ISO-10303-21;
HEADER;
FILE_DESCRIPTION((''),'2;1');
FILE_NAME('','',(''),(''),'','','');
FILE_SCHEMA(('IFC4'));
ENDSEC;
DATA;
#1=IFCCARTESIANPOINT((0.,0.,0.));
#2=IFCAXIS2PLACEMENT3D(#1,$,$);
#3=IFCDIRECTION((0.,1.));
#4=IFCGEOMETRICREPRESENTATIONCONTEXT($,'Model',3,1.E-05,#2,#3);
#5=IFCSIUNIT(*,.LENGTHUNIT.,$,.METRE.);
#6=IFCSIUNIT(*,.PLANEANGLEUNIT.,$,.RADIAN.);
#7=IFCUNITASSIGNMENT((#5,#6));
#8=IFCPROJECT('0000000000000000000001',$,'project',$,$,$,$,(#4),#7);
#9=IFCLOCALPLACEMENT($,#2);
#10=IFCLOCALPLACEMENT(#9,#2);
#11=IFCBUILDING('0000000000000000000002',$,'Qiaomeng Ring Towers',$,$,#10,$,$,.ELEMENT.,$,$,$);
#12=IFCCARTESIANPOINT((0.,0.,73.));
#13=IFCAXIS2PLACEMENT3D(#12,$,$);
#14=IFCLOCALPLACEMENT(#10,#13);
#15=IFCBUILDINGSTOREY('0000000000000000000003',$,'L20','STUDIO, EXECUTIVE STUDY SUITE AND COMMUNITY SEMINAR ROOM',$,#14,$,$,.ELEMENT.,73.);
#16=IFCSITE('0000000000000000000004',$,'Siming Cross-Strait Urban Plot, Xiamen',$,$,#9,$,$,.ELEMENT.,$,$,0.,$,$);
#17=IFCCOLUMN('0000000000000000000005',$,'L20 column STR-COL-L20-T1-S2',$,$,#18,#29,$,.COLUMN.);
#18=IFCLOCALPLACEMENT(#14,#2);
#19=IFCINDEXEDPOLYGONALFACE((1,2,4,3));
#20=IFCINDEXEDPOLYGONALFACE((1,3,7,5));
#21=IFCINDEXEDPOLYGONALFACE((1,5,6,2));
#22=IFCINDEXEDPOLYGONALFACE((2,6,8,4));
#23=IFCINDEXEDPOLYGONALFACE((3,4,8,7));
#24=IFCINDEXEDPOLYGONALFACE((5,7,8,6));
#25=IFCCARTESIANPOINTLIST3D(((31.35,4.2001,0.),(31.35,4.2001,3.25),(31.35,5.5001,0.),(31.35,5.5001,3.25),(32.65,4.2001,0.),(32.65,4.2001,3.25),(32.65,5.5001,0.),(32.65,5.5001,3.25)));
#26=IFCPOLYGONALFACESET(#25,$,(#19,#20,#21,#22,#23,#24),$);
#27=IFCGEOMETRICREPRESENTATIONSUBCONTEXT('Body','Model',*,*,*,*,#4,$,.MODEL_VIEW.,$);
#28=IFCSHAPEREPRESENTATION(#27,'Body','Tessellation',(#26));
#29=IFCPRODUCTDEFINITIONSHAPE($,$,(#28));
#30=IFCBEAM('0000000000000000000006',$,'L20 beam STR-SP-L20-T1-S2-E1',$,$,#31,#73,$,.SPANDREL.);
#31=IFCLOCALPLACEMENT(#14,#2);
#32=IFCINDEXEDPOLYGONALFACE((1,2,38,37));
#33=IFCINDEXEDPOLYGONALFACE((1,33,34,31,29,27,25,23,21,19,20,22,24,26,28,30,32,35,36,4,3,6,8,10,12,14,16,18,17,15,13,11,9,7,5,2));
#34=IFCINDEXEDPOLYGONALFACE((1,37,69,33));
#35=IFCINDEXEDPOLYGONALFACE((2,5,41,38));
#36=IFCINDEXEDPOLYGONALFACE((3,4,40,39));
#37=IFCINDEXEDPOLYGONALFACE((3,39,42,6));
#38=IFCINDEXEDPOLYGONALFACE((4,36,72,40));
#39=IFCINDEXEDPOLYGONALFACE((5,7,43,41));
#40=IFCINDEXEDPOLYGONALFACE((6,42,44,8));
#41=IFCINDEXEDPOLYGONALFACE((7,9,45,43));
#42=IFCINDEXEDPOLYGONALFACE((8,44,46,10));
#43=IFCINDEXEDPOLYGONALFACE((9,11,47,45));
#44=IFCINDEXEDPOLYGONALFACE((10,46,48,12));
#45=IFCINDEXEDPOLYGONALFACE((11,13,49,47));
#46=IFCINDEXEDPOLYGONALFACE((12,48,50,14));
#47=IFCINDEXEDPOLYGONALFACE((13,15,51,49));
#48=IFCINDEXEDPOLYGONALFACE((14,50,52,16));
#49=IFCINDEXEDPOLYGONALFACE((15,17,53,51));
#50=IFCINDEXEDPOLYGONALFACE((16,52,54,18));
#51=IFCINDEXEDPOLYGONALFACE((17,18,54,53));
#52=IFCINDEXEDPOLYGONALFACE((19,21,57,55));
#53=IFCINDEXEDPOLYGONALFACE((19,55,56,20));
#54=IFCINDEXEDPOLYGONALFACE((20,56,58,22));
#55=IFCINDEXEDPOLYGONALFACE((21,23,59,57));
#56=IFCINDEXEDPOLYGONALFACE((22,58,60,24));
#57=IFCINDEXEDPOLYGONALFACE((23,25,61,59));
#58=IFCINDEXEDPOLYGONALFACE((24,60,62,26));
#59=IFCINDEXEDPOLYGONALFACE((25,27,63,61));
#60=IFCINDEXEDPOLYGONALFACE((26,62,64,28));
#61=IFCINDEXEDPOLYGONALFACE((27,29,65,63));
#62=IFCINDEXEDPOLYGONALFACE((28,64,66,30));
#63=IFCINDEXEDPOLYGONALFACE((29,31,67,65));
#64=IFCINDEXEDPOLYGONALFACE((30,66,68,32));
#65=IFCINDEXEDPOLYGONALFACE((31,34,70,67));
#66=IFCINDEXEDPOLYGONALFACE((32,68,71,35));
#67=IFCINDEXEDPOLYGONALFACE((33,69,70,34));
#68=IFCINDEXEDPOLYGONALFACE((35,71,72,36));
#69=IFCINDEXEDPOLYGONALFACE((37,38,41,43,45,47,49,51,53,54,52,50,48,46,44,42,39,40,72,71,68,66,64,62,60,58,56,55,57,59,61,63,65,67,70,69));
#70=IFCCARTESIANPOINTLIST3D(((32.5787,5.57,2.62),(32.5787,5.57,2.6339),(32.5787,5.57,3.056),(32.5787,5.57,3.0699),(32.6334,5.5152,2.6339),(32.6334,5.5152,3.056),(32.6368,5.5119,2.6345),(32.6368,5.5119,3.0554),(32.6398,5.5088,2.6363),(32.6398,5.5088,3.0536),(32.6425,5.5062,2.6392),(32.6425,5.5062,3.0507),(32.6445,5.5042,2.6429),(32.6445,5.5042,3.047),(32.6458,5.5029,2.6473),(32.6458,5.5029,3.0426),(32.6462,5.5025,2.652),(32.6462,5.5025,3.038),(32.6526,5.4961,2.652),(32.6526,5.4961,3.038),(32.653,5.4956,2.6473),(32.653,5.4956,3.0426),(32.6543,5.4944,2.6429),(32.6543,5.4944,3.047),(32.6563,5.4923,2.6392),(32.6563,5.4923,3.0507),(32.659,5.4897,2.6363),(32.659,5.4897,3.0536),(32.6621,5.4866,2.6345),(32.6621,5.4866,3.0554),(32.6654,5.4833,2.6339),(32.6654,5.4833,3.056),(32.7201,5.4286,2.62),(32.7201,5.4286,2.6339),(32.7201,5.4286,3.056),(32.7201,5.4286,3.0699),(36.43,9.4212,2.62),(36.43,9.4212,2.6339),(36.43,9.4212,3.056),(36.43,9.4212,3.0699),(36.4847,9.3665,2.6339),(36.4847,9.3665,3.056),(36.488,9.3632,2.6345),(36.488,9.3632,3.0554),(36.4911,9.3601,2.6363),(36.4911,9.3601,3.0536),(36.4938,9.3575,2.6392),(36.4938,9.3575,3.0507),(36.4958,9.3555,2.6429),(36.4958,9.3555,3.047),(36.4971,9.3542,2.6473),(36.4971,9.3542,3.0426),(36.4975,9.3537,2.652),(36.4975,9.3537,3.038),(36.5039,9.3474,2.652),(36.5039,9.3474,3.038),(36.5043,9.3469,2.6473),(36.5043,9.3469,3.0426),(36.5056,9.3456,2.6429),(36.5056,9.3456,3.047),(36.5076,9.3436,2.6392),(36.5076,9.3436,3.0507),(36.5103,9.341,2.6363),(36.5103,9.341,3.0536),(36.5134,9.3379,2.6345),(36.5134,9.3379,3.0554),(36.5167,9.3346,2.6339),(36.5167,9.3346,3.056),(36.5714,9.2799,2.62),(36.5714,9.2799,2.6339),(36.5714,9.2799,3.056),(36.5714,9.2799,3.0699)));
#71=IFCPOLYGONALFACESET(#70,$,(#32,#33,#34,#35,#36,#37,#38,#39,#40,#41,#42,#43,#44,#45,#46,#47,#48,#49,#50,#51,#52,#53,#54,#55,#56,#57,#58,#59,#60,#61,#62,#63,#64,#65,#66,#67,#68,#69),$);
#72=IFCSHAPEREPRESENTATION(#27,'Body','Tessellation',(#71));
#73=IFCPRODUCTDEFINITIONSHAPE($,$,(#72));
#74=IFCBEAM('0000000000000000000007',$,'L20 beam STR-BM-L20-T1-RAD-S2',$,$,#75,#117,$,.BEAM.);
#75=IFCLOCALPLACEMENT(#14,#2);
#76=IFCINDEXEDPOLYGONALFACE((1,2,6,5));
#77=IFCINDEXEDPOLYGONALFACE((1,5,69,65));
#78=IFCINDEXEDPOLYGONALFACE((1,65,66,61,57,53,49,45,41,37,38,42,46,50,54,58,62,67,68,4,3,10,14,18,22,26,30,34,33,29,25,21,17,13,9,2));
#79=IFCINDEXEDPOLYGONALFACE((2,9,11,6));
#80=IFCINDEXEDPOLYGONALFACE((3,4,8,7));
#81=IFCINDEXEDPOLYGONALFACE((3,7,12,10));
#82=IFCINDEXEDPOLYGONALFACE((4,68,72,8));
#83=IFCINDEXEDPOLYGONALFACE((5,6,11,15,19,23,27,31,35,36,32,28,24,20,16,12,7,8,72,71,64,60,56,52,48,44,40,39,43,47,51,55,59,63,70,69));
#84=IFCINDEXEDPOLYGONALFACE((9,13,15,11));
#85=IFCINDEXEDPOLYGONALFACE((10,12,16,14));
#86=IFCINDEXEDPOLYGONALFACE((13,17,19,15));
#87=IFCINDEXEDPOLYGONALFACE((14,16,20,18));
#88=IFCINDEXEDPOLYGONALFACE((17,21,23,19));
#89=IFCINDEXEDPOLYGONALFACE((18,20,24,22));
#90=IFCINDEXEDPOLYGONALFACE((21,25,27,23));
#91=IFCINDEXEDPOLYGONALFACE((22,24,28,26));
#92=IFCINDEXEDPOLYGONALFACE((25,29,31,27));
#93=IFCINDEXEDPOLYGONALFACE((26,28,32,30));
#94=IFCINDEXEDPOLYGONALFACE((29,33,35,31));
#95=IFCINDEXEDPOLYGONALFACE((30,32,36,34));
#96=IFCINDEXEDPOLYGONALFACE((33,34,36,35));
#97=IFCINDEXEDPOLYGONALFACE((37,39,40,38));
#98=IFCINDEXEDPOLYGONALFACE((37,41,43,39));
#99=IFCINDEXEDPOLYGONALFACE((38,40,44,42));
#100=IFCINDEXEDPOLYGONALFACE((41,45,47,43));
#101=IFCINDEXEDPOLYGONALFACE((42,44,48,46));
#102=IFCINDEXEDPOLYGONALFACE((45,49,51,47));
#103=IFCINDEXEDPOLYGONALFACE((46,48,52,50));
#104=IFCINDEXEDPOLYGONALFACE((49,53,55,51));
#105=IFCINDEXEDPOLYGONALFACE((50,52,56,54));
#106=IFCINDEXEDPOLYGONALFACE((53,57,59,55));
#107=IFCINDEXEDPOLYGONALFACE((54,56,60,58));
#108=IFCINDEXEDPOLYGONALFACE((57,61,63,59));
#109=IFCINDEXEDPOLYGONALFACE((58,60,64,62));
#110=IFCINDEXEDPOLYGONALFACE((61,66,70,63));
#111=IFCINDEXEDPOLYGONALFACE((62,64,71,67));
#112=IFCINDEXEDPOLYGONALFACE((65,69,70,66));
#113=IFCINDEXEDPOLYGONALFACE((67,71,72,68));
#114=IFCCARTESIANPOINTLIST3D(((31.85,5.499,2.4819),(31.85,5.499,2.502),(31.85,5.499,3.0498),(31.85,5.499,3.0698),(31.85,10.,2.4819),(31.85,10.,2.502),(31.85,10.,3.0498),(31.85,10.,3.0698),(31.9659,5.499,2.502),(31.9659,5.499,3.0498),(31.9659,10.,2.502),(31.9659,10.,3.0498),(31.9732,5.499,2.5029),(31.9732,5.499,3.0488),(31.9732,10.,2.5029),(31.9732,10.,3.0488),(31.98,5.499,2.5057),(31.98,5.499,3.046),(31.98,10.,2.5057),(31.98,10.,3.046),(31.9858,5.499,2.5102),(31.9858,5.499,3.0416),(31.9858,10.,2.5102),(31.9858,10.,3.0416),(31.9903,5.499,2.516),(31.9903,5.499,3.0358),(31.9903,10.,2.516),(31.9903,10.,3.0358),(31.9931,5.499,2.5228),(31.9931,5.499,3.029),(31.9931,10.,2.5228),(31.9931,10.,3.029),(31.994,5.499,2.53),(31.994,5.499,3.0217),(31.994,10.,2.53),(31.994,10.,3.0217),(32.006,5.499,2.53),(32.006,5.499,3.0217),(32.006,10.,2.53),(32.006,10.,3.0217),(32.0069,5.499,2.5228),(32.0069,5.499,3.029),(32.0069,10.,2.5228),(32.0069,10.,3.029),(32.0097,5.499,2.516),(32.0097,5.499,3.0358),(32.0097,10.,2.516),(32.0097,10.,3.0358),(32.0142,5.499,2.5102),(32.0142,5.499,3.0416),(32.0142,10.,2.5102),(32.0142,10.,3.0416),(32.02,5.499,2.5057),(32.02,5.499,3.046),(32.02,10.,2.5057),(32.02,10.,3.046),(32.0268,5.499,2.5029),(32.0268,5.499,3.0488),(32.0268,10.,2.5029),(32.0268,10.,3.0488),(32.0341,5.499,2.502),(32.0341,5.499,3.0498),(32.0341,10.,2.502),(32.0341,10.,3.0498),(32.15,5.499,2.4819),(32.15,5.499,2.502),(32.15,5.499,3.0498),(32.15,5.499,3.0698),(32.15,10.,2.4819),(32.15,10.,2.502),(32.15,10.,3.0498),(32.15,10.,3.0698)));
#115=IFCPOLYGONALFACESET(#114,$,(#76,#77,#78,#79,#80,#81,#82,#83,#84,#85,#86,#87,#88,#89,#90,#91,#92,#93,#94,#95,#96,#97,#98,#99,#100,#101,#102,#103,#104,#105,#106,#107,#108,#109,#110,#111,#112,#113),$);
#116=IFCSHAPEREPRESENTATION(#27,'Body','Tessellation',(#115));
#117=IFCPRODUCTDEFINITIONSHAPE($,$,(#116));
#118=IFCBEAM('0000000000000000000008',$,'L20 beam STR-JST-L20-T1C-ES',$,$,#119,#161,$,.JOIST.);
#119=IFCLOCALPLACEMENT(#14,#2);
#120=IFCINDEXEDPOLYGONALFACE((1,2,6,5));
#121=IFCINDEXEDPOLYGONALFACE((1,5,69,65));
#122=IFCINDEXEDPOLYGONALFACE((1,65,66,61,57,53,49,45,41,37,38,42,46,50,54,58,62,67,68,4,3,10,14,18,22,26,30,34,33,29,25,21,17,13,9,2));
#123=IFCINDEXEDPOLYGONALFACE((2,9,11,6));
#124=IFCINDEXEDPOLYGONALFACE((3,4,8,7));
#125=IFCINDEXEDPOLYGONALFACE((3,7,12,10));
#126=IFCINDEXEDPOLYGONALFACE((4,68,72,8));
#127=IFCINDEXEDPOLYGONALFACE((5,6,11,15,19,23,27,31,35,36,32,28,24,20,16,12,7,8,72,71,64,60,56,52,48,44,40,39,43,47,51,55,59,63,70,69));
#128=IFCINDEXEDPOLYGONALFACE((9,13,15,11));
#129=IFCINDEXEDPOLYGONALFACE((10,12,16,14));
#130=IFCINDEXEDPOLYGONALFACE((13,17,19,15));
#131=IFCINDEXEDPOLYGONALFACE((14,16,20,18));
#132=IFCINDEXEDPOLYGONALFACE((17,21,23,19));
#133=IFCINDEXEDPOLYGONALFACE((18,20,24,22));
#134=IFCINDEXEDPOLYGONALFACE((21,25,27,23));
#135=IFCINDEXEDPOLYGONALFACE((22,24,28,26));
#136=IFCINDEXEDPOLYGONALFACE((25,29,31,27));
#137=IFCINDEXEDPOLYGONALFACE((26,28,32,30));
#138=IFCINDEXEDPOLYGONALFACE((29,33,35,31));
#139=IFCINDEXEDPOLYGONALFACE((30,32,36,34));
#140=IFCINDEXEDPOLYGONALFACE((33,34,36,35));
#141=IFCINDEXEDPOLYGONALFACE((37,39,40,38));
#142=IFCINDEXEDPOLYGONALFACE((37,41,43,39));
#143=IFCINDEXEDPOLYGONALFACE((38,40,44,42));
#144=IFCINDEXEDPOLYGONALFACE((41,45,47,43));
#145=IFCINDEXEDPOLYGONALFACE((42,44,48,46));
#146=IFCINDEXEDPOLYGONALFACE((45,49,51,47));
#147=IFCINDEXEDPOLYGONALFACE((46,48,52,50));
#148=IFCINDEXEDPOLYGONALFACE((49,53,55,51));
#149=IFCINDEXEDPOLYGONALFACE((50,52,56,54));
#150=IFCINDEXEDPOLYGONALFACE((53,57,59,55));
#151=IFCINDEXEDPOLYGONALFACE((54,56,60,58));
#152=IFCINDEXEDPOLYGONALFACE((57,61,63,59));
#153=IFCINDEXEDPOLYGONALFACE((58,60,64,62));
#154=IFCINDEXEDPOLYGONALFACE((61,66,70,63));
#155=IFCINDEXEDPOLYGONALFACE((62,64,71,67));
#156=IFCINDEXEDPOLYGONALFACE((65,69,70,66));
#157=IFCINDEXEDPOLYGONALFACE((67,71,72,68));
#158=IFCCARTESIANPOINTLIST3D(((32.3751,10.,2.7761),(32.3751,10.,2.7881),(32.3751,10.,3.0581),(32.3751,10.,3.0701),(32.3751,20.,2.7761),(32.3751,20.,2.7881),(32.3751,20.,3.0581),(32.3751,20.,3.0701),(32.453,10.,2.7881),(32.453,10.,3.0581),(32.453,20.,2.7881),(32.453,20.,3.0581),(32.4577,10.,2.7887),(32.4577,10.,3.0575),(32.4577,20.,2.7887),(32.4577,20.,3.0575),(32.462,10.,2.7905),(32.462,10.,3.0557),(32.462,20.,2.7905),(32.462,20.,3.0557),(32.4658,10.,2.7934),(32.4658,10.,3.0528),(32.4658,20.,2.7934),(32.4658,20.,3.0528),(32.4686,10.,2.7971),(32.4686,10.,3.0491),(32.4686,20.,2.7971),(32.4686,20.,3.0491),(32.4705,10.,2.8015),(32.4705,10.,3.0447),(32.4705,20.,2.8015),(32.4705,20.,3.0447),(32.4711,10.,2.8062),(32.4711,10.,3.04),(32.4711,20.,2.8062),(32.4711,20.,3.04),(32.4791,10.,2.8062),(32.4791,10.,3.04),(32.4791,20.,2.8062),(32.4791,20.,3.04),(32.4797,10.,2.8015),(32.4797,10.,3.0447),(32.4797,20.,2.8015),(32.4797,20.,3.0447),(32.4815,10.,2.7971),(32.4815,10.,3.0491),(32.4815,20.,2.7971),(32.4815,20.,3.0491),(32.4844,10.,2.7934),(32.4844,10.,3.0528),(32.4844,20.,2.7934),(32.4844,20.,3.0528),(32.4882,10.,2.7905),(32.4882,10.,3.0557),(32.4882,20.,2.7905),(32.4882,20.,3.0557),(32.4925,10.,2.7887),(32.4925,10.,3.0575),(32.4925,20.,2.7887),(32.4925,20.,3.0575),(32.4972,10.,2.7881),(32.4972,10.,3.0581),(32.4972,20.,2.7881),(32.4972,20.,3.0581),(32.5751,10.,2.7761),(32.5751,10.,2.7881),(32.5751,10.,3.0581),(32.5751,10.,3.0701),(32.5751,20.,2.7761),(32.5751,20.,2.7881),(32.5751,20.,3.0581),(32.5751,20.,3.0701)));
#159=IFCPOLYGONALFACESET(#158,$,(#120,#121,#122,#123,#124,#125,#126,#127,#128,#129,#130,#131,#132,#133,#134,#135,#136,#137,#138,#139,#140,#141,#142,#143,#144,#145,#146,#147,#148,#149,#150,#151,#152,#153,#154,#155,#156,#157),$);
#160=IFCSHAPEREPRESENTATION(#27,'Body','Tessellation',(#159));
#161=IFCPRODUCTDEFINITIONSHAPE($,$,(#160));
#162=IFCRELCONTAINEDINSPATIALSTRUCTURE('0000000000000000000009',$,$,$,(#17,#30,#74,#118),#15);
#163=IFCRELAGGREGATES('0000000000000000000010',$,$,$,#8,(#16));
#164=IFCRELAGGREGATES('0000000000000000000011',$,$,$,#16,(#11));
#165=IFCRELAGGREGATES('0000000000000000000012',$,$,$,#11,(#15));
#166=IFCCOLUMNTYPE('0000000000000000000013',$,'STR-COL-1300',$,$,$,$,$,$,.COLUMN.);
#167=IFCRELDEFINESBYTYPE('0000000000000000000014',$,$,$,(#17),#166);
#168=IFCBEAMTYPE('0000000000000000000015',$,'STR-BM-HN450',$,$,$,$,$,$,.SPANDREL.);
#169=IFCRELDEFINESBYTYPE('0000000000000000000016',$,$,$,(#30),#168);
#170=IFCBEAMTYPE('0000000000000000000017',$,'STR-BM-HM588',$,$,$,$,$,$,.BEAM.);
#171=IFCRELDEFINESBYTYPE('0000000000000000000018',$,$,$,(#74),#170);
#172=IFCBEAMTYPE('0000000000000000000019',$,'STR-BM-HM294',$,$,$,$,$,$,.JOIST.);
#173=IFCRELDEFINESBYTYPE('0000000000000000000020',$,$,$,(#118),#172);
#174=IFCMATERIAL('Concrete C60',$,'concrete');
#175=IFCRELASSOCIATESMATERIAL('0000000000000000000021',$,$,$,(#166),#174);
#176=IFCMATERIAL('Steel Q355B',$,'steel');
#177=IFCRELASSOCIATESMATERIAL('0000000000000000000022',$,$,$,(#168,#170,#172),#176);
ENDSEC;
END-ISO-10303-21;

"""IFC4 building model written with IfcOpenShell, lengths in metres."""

from ifc_helpers import new_model, si_unit, direction, frame, origin, origin_2d, place, context, subcontext, project, spatial, rectangle, i_section, extrude, source, transform, mapped, material, material_profile, profile_set, type_object, element, save


model = new_model("IFC4")

# Units and contexts
model_context = context("Model", 3, precision=1e-05, world=origin(), true_north=direction((0.0, 1.0)))
body_context = subcontext(model_context, "Body", "Model", "MODEL_VIEW")
ifc_project = project(units=[si_unit("LENGTHUNIT", "METRE"), si_unit("PLANEANGLEUNIT", "RADIAN")], contexts=[model_context])

# Site, building, storey
site_placement = place(None, origin())
site = spatial("IfcSite", under=ifc_project, at=site_placement, Name="Siming Cross-Strait Urban Plot, Xiamen", CompositionType="ELEMENT", RefElevation=0.0)
building_placement = place(site_placement, origin())
building = spatial("IfcBuilding", under=site, at=building_placement, Name="Qiaomeng Ring Towers", CompositionType="ELEMENT")
storey_placement = place(building_placement, frame((0.0, 0.0, 73.0)))
storey = spatial("IfcBuildingStorey", under=building, at=storey_placement, Name="L20", Description="STUDIO, EXECUTIVE STUDY SUITE AND COMMUNITY SEMINAR ROOM", CompositionType="ELEMENT", Elevation=73.0)

# Column
ifc_material_1 = material(Name="Concrete C60", Category="concrete")
ifc_material_profile_1 = material_profile(ifc_material_1, rectangle(XDim=1.3, YDim=1.3, at=origin_2d()), Name="RC COL 1300x1300")
ifc_profile_set_1 = profile_set([ifc_material_profile_1], Name="Concrete C60")
column_type = type_object("IfcColumnType", Name="STR-COL-1300", PredefinedType="COLUMN", material=ifc_profile_set_1)
shared_shape_1 = source(origin(), body_context, "Body", "SweptSolid", [
    extrude(rectangle(XDim=1.3, YDim=1.3, at=origin_2d()), origin(), (0.0, 0.0, 1.0), 3.25),
])
column_placement = place(storey_placement, frame((32.0, 4.8501, 0.0), z_axis=(0.0, 0.0, 1.0), x_axis=(1.0, 0.0, 0.0)))
element("IfcColumn", 1, at=column_placement, inside=storey, type_object=column_type, Name="L20 column STR-COL-L20-T1-S2", PredefinedType="COLUMN", context=body_context, shape_type="MappedRepresentation", body=[
    mapped(shared_shape_1, transform((0.0, 0.0, 0.0), x_axis=(1.0, 0.0, 0.0), y_axis=(0.0, 1.0, 0.0), z_axis=(0.0, 0.0, 1.0), scale=1.0)),
])

# Beams
ifc_material_2 = material(Name="Steel Q355B", Category="steel")
ifc_material_profile_2 = material_profile(ifc_material_2, i_section(OverallWidth=0.2, OverallDepth=0.45, WebThickness=0.009, FlangeThickness=0.0139, FilletRadius=0.0181, at=origin_2d()), Name="HN 450x200x9x14")
ifc_profile_set_2 = profile_set([ifc_material_profile_2], Name="Steel Q355B")
beam_type_1 = type_object("IfcBeamType", Name="STR-BM-HN450", PredefinedType="SPANDREL", material=ifc_profile_set_2)
shared_shape_2 = source(origin(), body_context, "Body", "SweptSolid", [
    extrude(i_section(OverallWidth=0.2, OverallDepth=0.45, WebThickness=0.009, FlangeThickness=0.0139, FilletRadius=0.0181, at=origin_2d()), origin(), (0.0, 0.0, 1.0), 5.4465),
])
beam_1_placement = place(storey_placement, frame((32.6494, 5.4993, 2.845), z_axis=(0.707107, 0.707107, 0.0), x_axis=(-0.707107, 0.707107, 0.0)))
element("IfcBeam", 2, at=beam_1_placement, inside=storey, type_object=beam_type_1, Name="L20 beam STR-SP-L20-T1-S2-E1", PredefinedType="SPANDREL", context=body_context, shape_type="MappedRepresentation", body=[
    mapped(shared_shape_2, transform((0.0, 0.0, 0.0), x_axis=(1.0, 0.0, 0.0), y_axis=(0.0, 1.0, 0.0), z_axis=(0.0, 0.0, 1.0), scale=1.0)),
])
ifc_material_profile_3 = material_profile(ifc_material_2, i_section(OverallWidth=0.3, OverallDepth=0.5879, WebThickness=0.012, FlangeThickness=0.02, FilletRadius=0.0281, at=origin_2d()), Name="HM 588x300x12x20")
ifc_profile_set_3 = profile_set([ifc_material_profile_3], Name="Steel Q355B")
beam_type_2 = type_object("IfcBeamType", Name="STR-BM-HM588", PredefinedType="BEAM", material=ifc_profile_set_3)
shared_shape_3 = source(origin(), body_context, "Body", "SweptSolid", [
    extrude(i_section(OverallWidth=0.3, OverallDepth=0.5879, WebThickness=0.012, FlangeThickness=0.02, FilletRadius=0.0281, at=origin_2d()), origin(), (0.0, 0.0, 1.0), 4.501),
])
beam_2_placement = place(storey_placement, frame((32.0, 5.499, 2.7759), z_axis=(0.0, 1.0, 0.0), x_axis=(-1.0, 0.0, 0.0)))
element("IfcBeam", 3, at=beam_2_placement, inside=storey, type_object=beam_type_2, Name="L20 beam STR-BM-L20-T1-RAD-S2", PredefinedType="BEAM", context=body_context, shape_type="MappedRepresentation", body=[
    mapped(shared_shape_3, transform((0.0, 0.0, 0.0), x_axis=(1.0, 0.0, 0.0), y_axis=(0.0, 1.0, 0.0), z_axis=(0.0, 0.0, 1.0), scale=1.0)),
])
ifc_material_profile_4 = material_profile(ifc_material_2, i_section(OverallWidth=0.2, OverallDepth=0.2939, WebThickness=0.0081, FlangeThickness=0.012, FilletRadius=0.0181, at=origin_2d()), Name="HM 294x200x8x12")
ifc_profile_set_4 = profile_set([ifc_material_profile_4], Name="Steel Q355B")
beam_type_3 = type_object("IfcBeamType", Name="STR-BM-HM294", PredefinedType="JOIST", material=ifc_profile_set_4)
shared_shape_4 = source(origin(), body_context, "Body", "SweptSolid", [
    extrude(i_section(OverallWidth=0.2, OverallDepth=0.2939, WebThickness=0.0081, FlangeThickness=0.012, FilletRadius=0.0181, at=origin_2d()), origin(), (0.0, 0.0, 1.0), 10.0),
])
beam_3_placement = place(storey_placement, frame((32.4751, 10.0, 2.9231), z_axis=(0.0, 1.0, 0.0), x_axis=(-1.0, 0.0, 0.0)))
element("IfcBeam", 4, at=beam_3_placement, inside=storey, type_object=beam_type_3, Name="L20 beam STR-JST-L20-T1C-ES", PredefinedType="JOIST", context=body_context, shape_type="MappedRepresentation", body=[
    mapped(shared_shape_4, transform((0.0, 0.0, 0.0), x_axis=(1.0, 0.0, 0.0), y_axis=(0.0, 1.0, 0.0), z_axis=(0.0, 0.0, 1.0), scale=1.0)),
])

save(model, "model.ifc")
